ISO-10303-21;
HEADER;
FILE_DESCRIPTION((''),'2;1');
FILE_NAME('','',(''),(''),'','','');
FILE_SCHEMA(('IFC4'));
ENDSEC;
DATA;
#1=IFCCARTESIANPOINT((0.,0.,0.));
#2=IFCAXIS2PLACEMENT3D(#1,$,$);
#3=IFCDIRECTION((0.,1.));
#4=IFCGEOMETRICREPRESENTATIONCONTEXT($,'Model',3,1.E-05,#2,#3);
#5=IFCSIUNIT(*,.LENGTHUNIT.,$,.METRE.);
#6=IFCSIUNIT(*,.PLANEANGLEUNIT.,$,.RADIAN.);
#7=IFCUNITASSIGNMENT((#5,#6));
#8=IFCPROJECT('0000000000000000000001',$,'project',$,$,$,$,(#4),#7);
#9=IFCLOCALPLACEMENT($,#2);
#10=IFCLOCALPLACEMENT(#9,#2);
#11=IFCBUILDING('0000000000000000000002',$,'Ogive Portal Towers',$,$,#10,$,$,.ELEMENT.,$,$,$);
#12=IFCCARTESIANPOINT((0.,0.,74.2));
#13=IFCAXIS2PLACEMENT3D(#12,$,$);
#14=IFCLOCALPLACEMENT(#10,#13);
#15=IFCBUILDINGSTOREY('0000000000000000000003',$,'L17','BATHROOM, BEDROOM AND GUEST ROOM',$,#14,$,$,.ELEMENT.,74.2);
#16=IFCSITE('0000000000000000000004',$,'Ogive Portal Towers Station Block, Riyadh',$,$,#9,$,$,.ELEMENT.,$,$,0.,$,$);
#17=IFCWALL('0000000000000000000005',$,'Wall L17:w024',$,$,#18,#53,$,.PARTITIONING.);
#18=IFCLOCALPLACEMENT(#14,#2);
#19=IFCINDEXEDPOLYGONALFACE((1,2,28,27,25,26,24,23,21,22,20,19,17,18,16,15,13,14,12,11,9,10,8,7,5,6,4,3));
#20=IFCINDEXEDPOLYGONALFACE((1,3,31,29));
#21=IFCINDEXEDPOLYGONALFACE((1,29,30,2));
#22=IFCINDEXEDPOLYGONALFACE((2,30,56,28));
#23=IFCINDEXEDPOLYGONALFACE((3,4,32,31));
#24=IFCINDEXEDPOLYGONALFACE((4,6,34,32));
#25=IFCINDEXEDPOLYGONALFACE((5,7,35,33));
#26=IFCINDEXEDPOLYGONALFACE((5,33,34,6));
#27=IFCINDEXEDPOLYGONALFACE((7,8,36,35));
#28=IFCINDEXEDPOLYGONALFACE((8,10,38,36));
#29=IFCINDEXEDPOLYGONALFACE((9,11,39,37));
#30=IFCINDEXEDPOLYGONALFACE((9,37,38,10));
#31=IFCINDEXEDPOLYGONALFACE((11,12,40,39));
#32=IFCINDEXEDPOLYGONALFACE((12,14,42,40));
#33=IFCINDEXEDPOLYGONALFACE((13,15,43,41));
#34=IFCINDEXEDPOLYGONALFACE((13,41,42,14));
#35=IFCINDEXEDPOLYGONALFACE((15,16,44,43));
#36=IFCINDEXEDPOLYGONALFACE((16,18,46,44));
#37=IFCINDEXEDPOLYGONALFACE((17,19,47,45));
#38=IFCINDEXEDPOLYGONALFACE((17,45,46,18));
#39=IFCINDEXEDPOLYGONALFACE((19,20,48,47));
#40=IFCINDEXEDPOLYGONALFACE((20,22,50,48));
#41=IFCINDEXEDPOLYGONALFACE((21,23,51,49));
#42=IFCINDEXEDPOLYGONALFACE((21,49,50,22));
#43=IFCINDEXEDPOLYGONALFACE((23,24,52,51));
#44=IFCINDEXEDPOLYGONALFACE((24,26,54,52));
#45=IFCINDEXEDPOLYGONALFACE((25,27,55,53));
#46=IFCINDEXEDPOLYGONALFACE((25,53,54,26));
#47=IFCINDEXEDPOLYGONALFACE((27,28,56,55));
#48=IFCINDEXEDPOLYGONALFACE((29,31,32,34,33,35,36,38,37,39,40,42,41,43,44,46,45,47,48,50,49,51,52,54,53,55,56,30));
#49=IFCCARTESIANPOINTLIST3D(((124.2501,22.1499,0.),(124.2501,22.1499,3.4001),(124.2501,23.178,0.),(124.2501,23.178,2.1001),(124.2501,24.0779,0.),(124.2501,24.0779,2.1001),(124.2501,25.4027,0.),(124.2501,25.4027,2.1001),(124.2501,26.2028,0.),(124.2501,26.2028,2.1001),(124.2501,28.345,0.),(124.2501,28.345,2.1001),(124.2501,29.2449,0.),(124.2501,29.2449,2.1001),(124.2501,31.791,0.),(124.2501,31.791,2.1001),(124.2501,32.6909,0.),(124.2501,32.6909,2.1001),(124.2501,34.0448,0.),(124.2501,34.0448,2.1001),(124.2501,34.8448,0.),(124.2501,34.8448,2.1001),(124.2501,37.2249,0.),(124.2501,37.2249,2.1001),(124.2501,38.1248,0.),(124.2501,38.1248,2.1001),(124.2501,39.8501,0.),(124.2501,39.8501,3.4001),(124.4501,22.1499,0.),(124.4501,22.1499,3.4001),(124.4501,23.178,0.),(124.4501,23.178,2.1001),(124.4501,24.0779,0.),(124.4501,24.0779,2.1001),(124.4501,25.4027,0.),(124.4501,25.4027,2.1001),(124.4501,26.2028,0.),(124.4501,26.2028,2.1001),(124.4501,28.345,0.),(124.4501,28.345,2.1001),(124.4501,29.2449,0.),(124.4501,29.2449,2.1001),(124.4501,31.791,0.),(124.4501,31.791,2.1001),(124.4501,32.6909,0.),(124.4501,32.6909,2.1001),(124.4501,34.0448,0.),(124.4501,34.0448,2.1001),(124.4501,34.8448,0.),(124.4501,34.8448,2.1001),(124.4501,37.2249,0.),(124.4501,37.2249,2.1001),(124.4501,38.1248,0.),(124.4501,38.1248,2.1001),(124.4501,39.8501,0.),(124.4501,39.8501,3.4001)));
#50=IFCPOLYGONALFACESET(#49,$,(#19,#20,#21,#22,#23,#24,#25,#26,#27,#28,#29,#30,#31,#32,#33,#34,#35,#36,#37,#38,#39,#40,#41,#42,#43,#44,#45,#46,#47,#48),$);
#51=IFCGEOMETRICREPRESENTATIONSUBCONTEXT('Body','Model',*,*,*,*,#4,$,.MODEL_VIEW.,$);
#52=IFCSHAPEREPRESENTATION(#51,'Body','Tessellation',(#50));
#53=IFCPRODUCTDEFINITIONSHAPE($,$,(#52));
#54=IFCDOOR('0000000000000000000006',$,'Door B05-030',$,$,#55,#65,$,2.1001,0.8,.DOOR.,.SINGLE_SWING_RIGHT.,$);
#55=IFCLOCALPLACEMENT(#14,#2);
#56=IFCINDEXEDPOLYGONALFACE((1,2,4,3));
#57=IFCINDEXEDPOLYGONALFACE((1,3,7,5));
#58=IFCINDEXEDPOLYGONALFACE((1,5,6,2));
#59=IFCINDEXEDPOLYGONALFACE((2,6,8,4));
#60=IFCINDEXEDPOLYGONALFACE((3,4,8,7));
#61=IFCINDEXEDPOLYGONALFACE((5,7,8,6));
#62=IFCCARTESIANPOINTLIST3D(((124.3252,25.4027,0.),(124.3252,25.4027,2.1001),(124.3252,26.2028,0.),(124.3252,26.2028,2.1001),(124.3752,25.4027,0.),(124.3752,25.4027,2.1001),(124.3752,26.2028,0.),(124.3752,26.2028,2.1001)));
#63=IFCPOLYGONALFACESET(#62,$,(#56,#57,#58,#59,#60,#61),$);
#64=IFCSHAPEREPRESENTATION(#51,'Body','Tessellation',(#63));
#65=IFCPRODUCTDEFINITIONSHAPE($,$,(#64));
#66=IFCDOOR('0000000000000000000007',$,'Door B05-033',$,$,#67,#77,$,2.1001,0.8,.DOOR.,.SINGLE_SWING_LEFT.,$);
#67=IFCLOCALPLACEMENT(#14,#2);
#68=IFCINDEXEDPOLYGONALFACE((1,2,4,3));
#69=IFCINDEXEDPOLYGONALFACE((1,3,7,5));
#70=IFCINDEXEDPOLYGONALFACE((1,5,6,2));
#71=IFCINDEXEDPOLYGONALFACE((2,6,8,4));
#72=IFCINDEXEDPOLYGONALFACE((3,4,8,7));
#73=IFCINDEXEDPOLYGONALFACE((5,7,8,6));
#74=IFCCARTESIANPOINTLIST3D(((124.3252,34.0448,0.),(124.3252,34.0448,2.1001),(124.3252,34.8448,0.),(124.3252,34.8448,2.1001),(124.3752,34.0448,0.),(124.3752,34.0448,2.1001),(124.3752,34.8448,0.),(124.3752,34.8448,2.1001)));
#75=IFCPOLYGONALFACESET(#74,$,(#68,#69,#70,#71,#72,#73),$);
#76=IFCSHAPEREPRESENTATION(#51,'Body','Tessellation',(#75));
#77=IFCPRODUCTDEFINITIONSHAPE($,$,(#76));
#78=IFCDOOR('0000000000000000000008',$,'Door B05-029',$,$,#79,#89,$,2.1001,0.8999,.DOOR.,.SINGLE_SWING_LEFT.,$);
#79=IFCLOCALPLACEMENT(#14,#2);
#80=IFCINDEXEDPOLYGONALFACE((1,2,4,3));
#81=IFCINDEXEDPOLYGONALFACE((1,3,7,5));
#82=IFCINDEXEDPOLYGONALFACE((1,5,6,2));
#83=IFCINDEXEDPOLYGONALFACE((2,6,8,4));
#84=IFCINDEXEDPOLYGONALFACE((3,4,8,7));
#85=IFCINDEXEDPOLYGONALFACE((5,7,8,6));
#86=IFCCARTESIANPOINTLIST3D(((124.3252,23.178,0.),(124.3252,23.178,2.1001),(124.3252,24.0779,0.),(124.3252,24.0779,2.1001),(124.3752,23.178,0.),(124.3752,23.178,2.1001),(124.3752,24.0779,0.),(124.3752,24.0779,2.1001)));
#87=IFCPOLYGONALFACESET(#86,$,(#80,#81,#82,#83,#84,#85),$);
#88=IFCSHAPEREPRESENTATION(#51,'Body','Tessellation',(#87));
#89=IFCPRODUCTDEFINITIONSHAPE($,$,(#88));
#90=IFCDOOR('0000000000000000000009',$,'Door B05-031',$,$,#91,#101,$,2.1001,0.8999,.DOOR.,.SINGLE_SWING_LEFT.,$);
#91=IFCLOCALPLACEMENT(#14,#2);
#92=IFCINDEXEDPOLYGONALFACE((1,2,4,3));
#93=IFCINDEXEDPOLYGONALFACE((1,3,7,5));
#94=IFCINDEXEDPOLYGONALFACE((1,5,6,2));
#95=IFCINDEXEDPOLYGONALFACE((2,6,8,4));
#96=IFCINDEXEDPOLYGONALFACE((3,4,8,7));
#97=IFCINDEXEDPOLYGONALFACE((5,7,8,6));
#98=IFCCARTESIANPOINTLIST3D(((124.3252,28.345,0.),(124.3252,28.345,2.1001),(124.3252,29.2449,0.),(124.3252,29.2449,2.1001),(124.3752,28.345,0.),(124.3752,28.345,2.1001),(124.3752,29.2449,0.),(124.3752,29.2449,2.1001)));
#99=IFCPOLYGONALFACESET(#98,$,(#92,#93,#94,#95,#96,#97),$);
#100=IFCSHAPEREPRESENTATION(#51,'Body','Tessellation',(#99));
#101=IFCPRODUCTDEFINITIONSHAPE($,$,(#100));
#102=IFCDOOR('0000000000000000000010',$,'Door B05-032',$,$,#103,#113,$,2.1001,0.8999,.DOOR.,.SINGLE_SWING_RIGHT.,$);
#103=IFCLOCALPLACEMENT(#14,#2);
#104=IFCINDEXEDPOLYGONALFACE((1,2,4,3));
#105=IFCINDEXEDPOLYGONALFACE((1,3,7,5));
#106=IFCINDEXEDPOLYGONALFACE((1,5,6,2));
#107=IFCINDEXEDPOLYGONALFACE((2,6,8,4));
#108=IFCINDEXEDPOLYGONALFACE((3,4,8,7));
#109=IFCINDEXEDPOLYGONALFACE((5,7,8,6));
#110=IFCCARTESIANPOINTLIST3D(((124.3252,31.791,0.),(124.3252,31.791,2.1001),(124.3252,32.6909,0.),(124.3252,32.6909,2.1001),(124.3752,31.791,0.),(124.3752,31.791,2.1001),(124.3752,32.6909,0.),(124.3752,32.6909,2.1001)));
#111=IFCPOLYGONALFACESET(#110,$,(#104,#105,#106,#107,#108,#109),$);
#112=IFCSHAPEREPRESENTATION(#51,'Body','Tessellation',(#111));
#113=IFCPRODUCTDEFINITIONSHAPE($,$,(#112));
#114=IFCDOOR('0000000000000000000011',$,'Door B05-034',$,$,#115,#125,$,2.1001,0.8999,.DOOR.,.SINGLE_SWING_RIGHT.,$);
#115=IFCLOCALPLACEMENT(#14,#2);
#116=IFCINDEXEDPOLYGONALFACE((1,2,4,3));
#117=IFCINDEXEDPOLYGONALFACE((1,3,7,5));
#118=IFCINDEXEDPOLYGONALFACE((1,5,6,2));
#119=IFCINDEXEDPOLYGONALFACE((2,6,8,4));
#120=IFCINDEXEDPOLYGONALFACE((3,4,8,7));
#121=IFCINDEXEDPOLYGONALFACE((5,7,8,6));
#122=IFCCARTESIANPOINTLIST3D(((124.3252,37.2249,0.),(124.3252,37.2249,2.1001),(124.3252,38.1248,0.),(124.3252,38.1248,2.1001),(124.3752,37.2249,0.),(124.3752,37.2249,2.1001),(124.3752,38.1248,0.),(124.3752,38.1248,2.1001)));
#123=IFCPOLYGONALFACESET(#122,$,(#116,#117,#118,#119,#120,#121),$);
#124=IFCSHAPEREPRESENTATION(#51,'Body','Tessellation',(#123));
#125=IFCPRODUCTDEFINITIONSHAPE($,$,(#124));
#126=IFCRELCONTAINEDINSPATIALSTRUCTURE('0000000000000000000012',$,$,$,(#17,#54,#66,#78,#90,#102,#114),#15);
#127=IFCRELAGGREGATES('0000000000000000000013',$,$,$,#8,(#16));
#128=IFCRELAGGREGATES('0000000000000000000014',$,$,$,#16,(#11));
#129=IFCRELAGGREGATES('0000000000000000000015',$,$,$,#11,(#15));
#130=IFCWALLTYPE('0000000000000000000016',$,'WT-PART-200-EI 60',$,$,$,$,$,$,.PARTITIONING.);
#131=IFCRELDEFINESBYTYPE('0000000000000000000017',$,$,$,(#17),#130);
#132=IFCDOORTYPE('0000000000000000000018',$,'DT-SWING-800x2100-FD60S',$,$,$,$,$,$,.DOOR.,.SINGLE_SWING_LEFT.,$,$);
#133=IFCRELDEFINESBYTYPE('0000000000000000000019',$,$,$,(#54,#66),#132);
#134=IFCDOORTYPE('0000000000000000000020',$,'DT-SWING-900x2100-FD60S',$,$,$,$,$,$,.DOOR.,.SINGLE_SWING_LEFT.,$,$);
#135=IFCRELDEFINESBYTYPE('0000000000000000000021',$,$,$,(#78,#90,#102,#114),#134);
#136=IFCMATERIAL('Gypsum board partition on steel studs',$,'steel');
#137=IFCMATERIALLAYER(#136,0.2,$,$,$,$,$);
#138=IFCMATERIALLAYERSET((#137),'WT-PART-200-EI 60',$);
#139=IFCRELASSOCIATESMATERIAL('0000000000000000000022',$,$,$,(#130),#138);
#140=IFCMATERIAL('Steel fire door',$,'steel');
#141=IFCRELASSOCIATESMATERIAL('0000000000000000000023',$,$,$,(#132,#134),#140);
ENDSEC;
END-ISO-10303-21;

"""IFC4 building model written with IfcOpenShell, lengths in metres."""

from ifc_helpers import new_model, si_unit, direction, frame, frame_2d, origin, place, context, subcontext, project, spatial, rectangle, extrude, material, layer, layer_set, type_object, element, fill, save


model = new_model("IFC4")

# Units and contexts
model_context = context("Model", 3, precision=1e-05, world=origin(), true_north=direction((0.0, 1.0)))
body_context = subcontext(model_context, "Body", "Model", "MODEL_VIEW")
ifc_project = project(units=[si_unit("LENGTHUNIT", "METRE"), si_unit("PLANEANGLEUNIT", "RADIAN")], contexts=[model_context])

# Site, building, storey
site_placement = place(None, origin())
site = spatial("IfcSite", under=ifc_project, at=site_placement, Name="Ogive Portal Towers Station Block, Riyadh", CompositionType="ELEMENT", RefElevation=0.0)
building_placement = place(site_placement, origin())
building = spatial("IfcBuilding", under=site, at=building_placement, Name="Ogive Portal Towers", CompositionType="ELEMENT")
storey_placement = place(building_placement, frame((0.0, 0.0, 74.2)))
storey = spatial("IfcBuildingStorey", under=building, at=storey_placement, Name="L17", Description="BATHROOM, BEDROOM AND GUEST ROOM", CompositionType="ELEMENT", Elevation=74.2)

# Shared definitions
ifc_material_1 = material(Name="Steel fire door", Category="steel")

# Shared definitions
ifc_material_2 = material(Name="Gypsum board partition on steel studs", Category="steel")
ifc_layer_1 = layer(ifc_material_2, 0.2)
ifc_layer_set_1 = layer_set([ifc_layer_1], Name="WT-PART-200-EI 60")
wall_type_1 = type_object("IfcWallType", Name="WT-PART-200-EI 60", PredefinedType="PARTITIONING", material=ifc_layer_set_1)

# Wall, openings, doors
wall_1_placement = place(storey_placement, frame((124.3501, 22.1499, 0.0), z_axis=(0.0, 0.0, 1.0), x_axis=(0.0, 1.0, 0.0)))
wall_1 = element("IfcWall", 1, at=wall_1_placement, inside=storey, type_object=wall_type_1, Name="Wall L17:w024", PredefinedType="PARTITIONING", context=body_context, shape_type="SweptSolid", body=[
    extrude(rectangle(XDim=17.7002, YDim=0.2, at=frame_2d((8.8501, 0.0))), origin(), (0.0, 0.0, 1.0), 3.4001),
])
opening_1_placement = place(wall_1_placement, frame((1.0281, 0.0, 0.0)))
opening_1 = element("IfcOpeningElement", 2, at=opening_1_placement, cuts=wall_1, PredefinedType="OPENING", context=body_context, shape_type="SweptSolid", body=[
    extrude(rectangle(XDim=0.8999, YDim=2.1001, at=frame_2d((0.45, 1.05))), frame((0.0, 0.1099, 0.0), z_axis=(0.0, -1.0, 0.0), x_axis=(1.0, 0.0, 0.0)), (0.0, 0.0, 1.0), 0.22),
])
opening_2_placement = place(wall_1_placement, frame((3.2529, 0.0, 0.0)))
opening_2 = element("IfcOpeningElement", 3, at=opening_2_placement, cuts=wall_1, PredefinedType="OPENING", context=body_context, shape_type="SweptSolid", body=[
    extrude(rectangle(XDim=0.8, YDim=2.1001, at=frame_2d((0.3999, 1.05))), frame((0.0, 0.1099, 0.0), z_axis=(0.0, -1.0, 0.0), x_axis=(1.0, 0.0, 0.0)), (0.0, 0.0, 1.0), 0.22),
])
opening_3_placement = place(wall_1_placement, frame((6.1951, 0.0, 0.0)))
opening_3 = element("IfcOpeningElement", 4, at=opening_3_placement, cuts=wall_1, PredefinedType="OPENING", context=body_context, shape_type="SweptSolid", body=[
    extrude(rectangle(XDim=0.8999, YDim=2.1001, at=frame_2d((0.45, 1.05))), frame((0.0, 0.1099, 0.0), z_axis=(0.0, -1.0, 0.0), x_axis=(1.0, 0.0, 0.0)), (0.0, 0.0, 1.0), 0.22),
])
opening_4_placement = place(wall_1_placement, frame((9.6411, 0.0, 0.0)))
opening_4 = element("IfcOpeningElement", 5, at=opening_4_placement, cuts=wall_1, PredefinedType="OPENING", context=body_context, shape_type="SweptSolid", body=[
    extrude(rectangle(XDim=0.8999, YDim=2.1001, at=frame_2d((0.45, 1.05))), frame((0.0, 0.1099, 0.0), z_axis=(0.0, -1.0, 0.0), x_axis=(1.0, 0.0, 0.0)), (0.0, 0.0, 1.0), 0.22),
])
opening_5_placement = place(wall_1_placement, frame((11.895, 0.0, 0.0)))
opening_5 = element("IfcOpeningElement", 6, at=opening_5_placement, cuts=wall_1, PredefinedType="OPENING", context=body_context, shape_type="SweptSolid", body=[
    extrude(rectangle(XDim=0.8, YDim=2.1001, at=frame_2d((0.3999, 1.05))), frame((0.0, 0.1099, 0.0), z_axis=(0.0, -1.0, 0.0), x_axis=(1.0, 0.0, 0.0)), (0.0, 0.0, 1.0), 0.22),
])
opening_6_placement = place(wall_1_placement, frame((15.075, 0.0, 0.0)))
opening_6 = element("IfcOpeningElement", 7, at=opening_6_placement, cuts=wall_1, PredefinedType="OPENING", context=body_context, shape_type="SweptSolid", body=[
    extrude(rectangle(XDim=0.8999, YDim=2.1001, at=frame_2d((0.45, 1.05))), frame((0.0, 0.1099, 0.0), z_axis=(0.0, -1.0, 0.0), x_axis=(1.0, 0.0, 0.0)), (0.0, 0.0, 1.0), 0.22),
])
door_type_1 = type_object("IfcDoorType", Name="DT-SWING-800x2100-FD60S", OperationType="SINGLE_SWING_LEFT", PredefinedType="DOOR", material=ifc_material_1)
door_1_placement = place(opening_2_placement, origin())
door_1 = element("IfcDoor", 8, at=door_1_placement, inside=storey, type_object=door_type_1, Name="Door B05-030", OperationType="SINGLE_SWING_RIGHT", OverallHeight=2.1001, OverallWidth=0.8, PredefinedType="DOOR", context=body_context, shape_type="SweptSolid", body=[
    extrude(rectangle(XDim=0.8, YDim=2.1001, at=frame_2d((0.3999, 1.05))), frame((0.0, 0.0249, 0.0), z_axis=(0.0, -1.0, 0.0), x_axis=(1.0, 0.0, 0.0)), (0.0, 0.0, 1.0), 0.05),
])
fill(opening_2, door_1)
door_2_placement = place(opening_5_placement, origin())
door_2 = element("IfcDoor", 9, at=door_2_placement, inside=storey, type_object=door_type_1, Name="Door B05-033", OperationType="SINGLE_SWING_LEFT", OverallHeight=2.1001, OverallWidth=0.8, PredefinedType="DOOR", context=body_context, shape_type="SweptSolid", body=[
    extrude(rectangle(XDim=0.8, YDim=2.1001, at=frame_2d((0.3999, 1.05))), frame((0.0, 0.0249, 0.0), z_axis=(0.0, -1.0, 0.0), x_axis=(1.0, 0.0, 0.0)), (0.0, 0.0, 1.0), 0.05),
])
fill(opening_5, door_2)
door_type_2 = type_object("IfcDoorType", Name="DT-SWING-900x2100-FD60S", OperationType="SINGLE_SWING_LEFT", PredefinedType="DOOR", material=ifc_material_1)
door_3_placement = place(opening_1_placement, origin())
door_3 = element("IfcDoor", 10, at=door_3_placement, inside=storey, type_object=door_type_2, Name="Door B05-029", OperationType="SINGLE_SWING_LEFT", OverallHeight=2.1001, OverallWidth=0.8999, PredefinedType="DOOR", context=body_context, shape_type="SweptSolid", body=[
    extrude(rectangle(XDim=0.8999, YDim=2.1001, at=frame_2d((0.45, 1.05))), frame((0.0, 0.0249, 0.0), z_axis=(0.0, -1.0, 0.0), x_axis=(1.0, 0.0, 0.0)), (0.0, 0.0, 1.0), 0.05),
])
fill(opening_1, door_3)
door_4_placement = place(opening_3_placement, origin())
door_4 = element("IfcDoor", 11, at=door_4_placement, inside=storey, type_object=door_type_2, Name="Door B05-031", OperationType="SINGLE_SWING_LEFT", OverallHeight=2.1001, OverallWidth=0.8999, PredefinedType="DOOR", context=body_context, shape_type="SweptSolid", body=[
    extrude(rectangle(XDim=0.8999, YDim=2.1001, at=frame_2d((0.45, 1.05))), frame((0.0, 0.0249, 0.0), z_axis=(0.0, -1.0, 0.0), x_axis=(1.0, 0.0, 0.0)), (0.0, 0.0, 1.0), 0.05),
])
fill(opening_3, door_4)
door_5_placement = place(opening_4_placement, origin())
door_5 = element("IfcDoor", 12, at=door_5_placement, inside=storey, type_object=door_type_2, Name="Door B05-032", OperationType="SINGLE_SWING_RIGHT", OverallHeight=2.1001, OverallWidth=0.8999, PredefinedType="DOOR", context=body_context, shape_type="SweptSolid", body=[
    extrude(rectangle(XDim=0.8999, YDim=2.1001, at=frame_2d((0.45, 1.05))), frame((0.0, 0.0249, 0.0), z_axis=(0.0, -1.0, 0.0), x_axis=(1.0, 0.0, 0.0)), (0.0, 0.0, 1.0), 0.05),
])
fill(opening_4, door_5)
door_6_placement = place(opening_6_placement, origin())
door_6 = element("IfcDoor", 13, at=door_6_placement, inside=storey, type_object=door_type_2, Name="Door B05-034", OperationType="SINGLE_SWING_RIGHT", OverallHeight=2.1001, OverallWidth=0.8999, PredefinedType="DOOR", context=body_context, shape_type="SweptSolid", body=[
    extrude(rectangle(XDim=0.8999, YDim=2.1001, at=frame_2d((0.45, 1.05))), frame((0.0, 0.0249, 0.0), z_axis=(0.0, -1.0, 0.0), x_axis=(1.0, 0.0, 0.0)), (0.0, 0.0, 1.0), 0.05),
])
fill(opening_6, door_6)

save(model, "model.ifc")
